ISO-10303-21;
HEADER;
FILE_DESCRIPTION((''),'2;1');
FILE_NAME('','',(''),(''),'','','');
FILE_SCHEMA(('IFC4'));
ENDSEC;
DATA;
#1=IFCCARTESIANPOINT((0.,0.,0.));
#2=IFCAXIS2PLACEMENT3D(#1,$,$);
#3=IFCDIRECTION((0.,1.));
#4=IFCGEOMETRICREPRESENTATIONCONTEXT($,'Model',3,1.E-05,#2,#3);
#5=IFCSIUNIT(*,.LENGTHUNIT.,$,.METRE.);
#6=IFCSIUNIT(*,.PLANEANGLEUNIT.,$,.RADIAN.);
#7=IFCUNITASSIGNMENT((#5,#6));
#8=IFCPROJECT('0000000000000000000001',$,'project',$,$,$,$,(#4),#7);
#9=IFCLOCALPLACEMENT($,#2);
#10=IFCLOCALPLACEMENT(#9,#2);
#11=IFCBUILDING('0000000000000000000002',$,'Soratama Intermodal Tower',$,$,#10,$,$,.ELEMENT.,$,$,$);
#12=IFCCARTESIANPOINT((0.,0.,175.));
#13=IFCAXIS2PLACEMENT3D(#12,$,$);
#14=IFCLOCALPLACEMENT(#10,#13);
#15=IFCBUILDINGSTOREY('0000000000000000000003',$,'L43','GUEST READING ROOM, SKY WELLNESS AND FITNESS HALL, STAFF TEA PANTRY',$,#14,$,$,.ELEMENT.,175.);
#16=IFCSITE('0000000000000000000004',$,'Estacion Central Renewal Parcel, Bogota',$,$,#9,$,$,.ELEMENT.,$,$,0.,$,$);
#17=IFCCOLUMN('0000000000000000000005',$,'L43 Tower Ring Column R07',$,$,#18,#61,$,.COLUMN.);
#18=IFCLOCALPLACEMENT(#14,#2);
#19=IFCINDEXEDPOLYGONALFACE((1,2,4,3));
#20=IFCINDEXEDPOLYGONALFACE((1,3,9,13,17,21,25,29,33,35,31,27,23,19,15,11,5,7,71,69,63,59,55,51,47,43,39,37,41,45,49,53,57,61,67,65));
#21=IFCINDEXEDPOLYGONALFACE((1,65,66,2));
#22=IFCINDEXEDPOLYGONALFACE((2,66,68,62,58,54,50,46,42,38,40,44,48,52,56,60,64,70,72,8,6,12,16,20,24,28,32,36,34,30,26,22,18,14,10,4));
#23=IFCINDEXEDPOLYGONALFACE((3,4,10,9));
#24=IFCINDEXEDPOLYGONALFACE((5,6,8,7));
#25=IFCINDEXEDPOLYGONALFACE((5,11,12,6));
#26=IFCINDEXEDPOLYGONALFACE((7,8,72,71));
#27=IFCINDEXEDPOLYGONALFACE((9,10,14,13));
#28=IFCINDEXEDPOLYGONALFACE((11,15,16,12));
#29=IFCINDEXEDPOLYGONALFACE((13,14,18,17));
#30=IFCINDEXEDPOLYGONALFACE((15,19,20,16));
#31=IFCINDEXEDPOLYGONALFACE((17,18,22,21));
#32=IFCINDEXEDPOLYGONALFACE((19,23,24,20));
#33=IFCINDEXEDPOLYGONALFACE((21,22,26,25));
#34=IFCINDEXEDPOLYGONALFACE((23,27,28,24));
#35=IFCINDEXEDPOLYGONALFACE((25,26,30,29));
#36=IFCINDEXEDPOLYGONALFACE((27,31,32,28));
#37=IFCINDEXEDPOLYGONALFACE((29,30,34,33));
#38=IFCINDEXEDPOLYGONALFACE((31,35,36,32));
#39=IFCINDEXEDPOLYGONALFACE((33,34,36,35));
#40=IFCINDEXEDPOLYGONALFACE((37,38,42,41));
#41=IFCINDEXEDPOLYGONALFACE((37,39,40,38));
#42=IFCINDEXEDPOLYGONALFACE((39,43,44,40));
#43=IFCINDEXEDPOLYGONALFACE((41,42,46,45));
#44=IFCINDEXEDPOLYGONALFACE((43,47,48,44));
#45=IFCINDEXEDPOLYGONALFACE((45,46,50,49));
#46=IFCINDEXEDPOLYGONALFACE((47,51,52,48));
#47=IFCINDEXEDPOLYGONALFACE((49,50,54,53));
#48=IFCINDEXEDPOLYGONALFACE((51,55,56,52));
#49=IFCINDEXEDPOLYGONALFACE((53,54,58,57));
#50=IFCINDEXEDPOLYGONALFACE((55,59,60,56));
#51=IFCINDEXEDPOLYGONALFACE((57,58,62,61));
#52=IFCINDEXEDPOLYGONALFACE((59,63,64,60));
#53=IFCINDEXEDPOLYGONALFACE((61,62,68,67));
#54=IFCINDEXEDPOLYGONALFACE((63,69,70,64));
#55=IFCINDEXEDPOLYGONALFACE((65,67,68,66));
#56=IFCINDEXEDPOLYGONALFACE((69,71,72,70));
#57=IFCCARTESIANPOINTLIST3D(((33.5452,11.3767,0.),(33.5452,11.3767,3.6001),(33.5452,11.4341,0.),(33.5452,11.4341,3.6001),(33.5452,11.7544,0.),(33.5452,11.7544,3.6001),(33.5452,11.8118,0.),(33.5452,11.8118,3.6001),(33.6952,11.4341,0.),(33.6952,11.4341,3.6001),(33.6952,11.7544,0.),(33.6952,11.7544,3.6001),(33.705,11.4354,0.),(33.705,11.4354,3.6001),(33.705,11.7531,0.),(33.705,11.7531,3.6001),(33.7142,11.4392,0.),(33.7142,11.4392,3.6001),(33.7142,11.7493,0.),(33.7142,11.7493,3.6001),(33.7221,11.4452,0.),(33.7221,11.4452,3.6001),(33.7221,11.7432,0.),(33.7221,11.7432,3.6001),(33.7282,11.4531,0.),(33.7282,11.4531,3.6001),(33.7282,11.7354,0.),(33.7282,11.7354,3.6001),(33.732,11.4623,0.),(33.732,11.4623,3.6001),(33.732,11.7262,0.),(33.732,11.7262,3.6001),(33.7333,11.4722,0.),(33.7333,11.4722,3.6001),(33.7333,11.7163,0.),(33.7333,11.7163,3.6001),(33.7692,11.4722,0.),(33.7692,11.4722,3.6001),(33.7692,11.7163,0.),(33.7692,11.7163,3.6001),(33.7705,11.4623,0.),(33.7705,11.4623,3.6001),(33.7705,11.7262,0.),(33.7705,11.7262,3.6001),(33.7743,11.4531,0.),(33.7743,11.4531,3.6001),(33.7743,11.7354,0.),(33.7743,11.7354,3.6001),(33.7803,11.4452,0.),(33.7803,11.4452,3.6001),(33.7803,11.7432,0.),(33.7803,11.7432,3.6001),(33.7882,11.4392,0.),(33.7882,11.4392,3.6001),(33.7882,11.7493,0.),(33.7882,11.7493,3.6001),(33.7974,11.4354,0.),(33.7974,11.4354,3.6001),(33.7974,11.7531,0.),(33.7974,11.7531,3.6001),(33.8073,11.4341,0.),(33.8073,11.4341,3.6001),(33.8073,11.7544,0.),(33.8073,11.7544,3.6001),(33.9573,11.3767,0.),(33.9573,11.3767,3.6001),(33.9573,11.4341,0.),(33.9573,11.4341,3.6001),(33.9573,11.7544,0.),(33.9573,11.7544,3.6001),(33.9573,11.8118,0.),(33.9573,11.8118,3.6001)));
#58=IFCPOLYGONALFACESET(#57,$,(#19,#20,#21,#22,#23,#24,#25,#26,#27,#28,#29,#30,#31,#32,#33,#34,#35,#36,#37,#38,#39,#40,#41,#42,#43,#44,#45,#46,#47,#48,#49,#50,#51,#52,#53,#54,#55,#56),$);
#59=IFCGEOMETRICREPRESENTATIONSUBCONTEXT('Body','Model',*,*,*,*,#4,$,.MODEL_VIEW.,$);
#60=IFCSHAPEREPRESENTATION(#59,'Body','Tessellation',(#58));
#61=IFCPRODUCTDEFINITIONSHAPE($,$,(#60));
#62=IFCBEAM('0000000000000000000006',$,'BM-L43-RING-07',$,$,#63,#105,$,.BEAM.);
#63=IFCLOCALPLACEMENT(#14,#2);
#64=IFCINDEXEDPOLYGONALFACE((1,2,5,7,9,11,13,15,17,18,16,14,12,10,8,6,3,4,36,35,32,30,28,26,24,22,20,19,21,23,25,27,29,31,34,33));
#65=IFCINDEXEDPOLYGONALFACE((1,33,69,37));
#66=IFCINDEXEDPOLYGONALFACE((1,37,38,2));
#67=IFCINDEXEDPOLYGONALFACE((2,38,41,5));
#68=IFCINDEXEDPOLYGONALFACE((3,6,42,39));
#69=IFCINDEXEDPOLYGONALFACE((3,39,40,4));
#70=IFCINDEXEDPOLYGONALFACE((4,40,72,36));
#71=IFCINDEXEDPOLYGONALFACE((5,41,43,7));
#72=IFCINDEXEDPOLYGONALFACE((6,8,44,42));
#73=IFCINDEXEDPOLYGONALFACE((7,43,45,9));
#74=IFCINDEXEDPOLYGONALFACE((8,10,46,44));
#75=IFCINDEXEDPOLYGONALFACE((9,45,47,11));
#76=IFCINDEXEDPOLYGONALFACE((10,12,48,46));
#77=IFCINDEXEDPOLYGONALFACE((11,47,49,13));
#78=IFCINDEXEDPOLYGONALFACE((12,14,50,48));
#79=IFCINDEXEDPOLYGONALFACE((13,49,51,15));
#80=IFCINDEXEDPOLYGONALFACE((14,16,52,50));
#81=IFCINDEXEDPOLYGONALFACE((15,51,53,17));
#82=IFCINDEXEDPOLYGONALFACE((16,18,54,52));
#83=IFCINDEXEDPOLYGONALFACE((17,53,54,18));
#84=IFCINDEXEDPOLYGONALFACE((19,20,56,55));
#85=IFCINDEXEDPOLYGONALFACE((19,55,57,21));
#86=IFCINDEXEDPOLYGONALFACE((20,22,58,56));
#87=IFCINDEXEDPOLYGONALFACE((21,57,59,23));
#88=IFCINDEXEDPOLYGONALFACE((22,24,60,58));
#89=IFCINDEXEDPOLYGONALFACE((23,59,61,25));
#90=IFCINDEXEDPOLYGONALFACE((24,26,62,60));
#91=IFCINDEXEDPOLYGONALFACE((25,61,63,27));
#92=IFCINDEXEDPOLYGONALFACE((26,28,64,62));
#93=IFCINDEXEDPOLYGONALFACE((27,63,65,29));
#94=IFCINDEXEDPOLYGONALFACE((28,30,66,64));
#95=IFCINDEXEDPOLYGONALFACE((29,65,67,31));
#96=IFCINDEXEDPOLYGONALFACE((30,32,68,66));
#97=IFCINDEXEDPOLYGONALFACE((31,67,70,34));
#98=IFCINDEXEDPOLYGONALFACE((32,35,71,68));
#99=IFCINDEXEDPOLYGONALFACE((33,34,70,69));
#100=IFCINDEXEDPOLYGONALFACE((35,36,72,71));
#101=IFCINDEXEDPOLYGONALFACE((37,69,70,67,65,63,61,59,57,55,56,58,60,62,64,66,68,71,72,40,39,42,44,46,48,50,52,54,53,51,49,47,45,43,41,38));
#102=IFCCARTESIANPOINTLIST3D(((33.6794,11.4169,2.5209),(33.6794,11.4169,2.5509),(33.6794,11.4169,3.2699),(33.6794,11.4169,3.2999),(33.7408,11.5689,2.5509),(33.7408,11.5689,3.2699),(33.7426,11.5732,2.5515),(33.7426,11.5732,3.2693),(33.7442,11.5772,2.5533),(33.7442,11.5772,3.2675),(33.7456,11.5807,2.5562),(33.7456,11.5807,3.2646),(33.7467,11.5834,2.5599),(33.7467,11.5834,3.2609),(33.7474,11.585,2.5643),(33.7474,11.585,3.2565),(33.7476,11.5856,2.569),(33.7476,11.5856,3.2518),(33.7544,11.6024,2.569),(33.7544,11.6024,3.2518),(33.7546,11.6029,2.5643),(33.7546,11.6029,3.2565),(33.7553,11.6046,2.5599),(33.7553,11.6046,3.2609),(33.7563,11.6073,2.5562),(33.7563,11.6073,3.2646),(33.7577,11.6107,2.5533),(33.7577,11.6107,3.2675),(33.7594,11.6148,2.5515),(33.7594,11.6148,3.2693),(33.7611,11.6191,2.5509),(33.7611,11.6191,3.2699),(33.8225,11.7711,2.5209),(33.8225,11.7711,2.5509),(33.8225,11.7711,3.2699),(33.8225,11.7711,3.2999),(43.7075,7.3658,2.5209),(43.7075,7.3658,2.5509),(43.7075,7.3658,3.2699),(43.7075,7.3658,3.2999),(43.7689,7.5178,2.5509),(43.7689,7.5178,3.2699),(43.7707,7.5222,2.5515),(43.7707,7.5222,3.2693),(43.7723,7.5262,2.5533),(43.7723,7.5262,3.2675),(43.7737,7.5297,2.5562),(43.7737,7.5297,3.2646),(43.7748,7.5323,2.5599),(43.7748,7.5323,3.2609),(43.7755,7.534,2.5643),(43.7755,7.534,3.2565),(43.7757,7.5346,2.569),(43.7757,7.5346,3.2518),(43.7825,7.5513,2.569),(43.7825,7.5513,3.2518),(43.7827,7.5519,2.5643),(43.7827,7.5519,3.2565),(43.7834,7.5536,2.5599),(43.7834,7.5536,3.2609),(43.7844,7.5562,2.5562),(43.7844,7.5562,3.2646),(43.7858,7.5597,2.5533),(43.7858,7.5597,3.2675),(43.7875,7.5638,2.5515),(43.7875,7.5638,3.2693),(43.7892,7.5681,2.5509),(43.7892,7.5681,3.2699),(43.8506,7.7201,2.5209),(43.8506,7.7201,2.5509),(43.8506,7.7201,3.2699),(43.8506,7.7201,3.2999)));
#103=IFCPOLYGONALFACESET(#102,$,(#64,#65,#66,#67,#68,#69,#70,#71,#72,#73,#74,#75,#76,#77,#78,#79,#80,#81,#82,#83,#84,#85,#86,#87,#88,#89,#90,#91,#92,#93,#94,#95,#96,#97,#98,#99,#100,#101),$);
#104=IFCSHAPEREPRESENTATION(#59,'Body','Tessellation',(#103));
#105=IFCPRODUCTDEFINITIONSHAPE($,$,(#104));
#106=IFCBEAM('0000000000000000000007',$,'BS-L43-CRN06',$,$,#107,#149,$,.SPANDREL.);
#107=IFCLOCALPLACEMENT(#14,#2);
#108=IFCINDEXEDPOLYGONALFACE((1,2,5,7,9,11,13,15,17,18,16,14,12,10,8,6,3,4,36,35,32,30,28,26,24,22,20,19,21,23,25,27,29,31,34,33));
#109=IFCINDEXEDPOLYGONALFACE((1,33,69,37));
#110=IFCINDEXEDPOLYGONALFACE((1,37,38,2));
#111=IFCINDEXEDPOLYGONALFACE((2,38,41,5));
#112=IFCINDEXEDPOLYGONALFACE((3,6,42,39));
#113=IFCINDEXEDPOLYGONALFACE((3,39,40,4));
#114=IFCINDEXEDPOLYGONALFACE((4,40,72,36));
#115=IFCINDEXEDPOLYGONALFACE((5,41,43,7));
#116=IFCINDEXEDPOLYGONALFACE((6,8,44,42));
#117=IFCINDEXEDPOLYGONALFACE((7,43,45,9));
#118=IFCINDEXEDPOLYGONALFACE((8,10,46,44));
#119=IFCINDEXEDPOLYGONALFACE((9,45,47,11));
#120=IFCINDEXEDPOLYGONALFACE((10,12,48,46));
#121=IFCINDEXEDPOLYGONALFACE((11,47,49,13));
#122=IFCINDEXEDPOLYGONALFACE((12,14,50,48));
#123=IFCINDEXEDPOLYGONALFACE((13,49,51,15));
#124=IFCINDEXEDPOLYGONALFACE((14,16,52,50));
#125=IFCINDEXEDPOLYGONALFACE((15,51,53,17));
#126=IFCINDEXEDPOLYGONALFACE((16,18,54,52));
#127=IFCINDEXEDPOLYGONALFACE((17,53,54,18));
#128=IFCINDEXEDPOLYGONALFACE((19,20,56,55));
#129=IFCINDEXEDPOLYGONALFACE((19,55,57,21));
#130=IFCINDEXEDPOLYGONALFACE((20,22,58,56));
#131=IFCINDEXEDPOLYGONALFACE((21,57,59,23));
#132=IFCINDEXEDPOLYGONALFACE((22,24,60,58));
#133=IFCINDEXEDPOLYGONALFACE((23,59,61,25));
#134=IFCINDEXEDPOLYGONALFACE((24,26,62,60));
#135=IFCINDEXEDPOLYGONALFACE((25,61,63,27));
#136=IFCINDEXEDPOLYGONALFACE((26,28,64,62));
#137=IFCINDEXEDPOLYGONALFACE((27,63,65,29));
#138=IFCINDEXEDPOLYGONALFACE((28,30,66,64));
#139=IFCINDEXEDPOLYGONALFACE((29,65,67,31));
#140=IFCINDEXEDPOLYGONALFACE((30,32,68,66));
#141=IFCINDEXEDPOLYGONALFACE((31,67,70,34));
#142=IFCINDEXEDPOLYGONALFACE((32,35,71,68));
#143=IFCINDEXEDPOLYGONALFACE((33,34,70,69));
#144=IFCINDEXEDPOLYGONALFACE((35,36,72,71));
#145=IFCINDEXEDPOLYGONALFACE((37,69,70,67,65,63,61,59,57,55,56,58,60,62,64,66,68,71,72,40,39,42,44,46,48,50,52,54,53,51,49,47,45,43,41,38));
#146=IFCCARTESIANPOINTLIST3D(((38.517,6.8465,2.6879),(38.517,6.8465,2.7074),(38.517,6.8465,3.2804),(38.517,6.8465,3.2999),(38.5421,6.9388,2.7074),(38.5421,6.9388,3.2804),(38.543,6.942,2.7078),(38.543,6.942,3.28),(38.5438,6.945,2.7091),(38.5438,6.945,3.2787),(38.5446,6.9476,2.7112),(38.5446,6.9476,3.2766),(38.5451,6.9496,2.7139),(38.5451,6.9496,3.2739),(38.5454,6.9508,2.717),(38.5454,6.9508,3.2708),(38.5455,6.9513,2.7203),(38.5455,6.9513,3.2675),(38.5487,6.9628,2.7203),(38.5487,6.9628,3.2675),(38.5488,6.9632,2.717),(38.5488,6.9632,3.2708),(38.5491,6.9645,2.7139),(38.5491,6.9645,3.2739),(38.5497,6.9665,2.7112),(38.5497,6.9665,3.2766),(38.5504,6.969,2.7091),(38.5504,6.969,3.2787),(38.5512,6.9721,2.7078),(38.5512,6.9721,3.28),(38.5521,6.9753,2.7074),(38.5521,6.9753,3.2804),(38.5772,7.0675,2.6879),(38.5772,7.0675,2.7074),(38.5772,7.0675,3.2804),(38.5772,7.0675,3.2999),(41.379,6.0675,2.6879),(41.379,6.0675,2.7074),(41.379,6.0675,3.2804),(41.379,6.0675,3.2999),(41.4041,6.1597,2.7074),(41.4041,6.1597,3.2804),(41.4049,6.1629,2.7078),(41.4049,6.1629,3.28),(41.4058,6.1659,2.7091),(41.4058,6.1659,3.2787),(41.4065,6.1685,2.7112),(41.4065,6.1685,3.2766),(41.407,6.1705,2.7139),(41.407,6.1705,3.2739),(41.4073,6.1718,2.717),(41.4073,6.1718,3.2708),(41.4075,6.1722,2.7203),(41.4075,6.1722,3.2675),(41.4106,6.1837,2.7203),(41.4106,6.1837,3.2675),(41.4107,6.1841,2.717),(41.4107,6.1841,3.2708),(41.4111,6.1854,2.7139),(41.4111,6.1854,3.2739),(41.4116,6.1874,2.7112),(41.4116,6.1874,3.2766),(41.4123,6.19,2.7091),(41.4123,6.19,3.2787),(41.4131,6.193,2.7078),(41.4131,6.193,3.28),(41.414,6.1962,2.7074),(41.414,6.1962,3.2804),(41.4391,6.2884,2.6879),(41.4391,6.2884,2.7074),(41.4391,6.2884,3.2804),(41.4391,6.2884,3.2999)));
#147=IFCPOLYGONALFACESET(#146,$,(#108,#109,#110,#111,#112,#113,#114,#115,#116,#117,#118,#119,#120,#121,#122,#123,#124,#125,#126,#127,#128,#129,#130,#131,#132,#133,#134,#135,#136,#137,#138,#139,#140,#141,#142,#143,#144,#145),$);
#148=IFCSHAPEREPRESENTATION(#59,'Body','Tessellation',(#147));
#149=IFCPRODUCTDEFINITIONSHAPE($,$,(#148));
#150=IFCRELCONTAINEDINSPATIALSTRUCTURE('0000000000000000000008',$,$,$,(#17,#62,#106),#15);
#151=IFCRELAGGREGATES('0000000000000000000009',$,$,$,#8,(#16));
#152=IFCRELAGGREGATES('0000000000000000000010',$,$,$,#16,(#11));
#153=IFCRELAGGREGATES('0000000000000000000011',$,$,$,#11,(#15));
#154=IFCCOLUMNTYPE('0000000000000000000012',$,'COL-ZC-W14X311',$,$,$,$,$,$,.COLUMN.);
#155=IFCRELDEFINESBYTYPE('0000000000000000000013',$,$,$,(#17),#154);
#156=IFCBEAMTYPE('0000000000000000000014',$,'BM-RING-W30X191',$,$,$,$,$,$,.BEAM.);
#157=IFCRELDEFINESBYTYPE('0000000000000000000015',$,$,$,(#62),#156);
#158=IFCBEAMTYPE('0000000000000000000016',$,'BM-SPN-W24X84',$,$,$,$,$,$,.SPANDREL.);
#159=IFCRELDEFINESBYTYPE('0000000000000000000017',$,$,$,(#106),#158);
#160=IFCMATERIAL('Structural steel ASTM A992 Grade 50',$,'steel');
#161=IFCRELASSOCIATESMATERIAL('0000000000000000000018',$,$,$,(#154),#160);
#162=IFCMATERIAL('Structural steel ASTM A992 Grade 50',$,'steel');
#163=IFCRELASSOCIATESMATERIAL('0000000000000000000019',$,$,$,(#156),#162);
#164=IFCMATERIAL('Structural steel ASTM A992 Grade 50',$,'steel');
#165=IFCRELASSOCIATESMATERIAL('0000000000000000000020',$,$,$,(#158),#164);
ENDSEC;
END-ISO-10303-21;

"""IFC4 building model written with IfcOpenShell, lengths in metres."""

from ifc_helpers import new_model, si_unit, direction, frame, origin, origin_2d, place, context, subcontext, project, spatial, i_section, extrude, material, material_profile, profile_set, type_object, element, save


model = new_model("IFC4")

# Units and contexts
model_context = context("Model", 3, precision=1e-05, world=origin(), true_north=direction((0.0, 1.0)))
body_context = subcontext(model_context, "Body", "Model", "MODEL_VIEW")
ifc_project = project(units=[si_unit("LENGTHUNIT", "METRE"), si_unit("PLANEANGLEUNIT", "RADIAN")], contexts=[model_context])

# Site, building, storey
site_placement = place(None, origin())
site = spatial("IfcSite", under=ifc_project, at=site_placement, Name="Estacion Central Renewal Parcel, Bogota", CompositionType="ELEMENT", RefElevation=0.0)
building_placement = place(site_placement, origin())
building = spatial("IfcBuilding", under=site, at=building_placement, Name="Soratama Intermodal Tower", CompositionType="ELEMENT")
storey_placement = place(building_placement, frame((0.0, 0.0, 175.0)))
storey = spatial("IfcBuildingStorey", under=building, at=storey_placement, Name="L43", Description="GUEST READING ROOM, SKY WELLNESS AND FITNESS HALL, STAFF TEA PANTRY", CompositionType="ELEMENT", Elevation=175.0)

# Column
ifc_material_1 = material(Name="Structural steel ASTM A992 Grade 50", Category="steel")
ifc_material_profile_1 = material_profile(ifc_material_1, i_section(OverallWidth=0.4121, OverallDepth=0.4351, WebThickness=0.0359, FlangeThickness=0.0574, FilletRadius=0.0381, at=origin_2d()), Name="W14X311")
ifc_profile_set_1 = profile_set([ifc_material_profile_1], Name="Structural steel ASTM A992 Grade 50")
column_type = type_object("IfcColumnType", Name="COL-ZC-W14X311", PredefinedType="COLUMN", material=ifc_profile_set_1)
column_placement = place(storey_placement, frame((33.7512, 11.5942, 0.0), z_axis=(0.0, 0.0, 1.0), x_axis=(1.0, 0.0, 0.0)))
element("IfcColumn", 1, at=column_placement, inside=storey, type_object=column_type, Name="L43 Tower Ring Column R07", PredefinedType="COLUMN", context=body_context, shape_type="SweptSolid", body=[
    extrude(i_section(OverallWidth=0.4121, OverallDepth=0.4351, WebThickness=0.0359, FlangeThickness=0.0574, FilletRadius=0.0381, at=origin_2d()), origin(), (0.0, 0.0, 1.0), 3.6001),
])

# Beams
ifc_material_2 = material(Name="Structural steel ASTM A992 Grade 50", Category="steel")
ifc_material_profile_2 = material_profile(ifc_material_2, i_section(OverallWidth=0.3821, OverallDepth=0.7791, WebThickness=0.0181, FlangeThickness=0.03, FilletRadius=0.0181, at=origin_2d()), Name="W30X191")
ifc_profile_set_2 = profile_set([ifc_material_profile_2], Name="Structural steel ASTM A992 Grade 50")
beam_type_1 = type_object("IfcBeamType", Name="BM-RING-W30X191", PredefinedType="BEAM", material=ifc_profile_set_2)
beam_1_placement = place(storey_placement, frame((33.751, 11.594, 2.9104), z_axis=(0.927202, -0.37456, 0.0), x_axis=(0.37456, 0.927202, 0.0)))
element("IfcBeam", 2, at=beam_1_placement, inside=storey, type_object=beam_type_1, Name="BM-L43-RING-07", PredefinedType="BEAM", context=body_context, shape_type="SweptSolid", body=[
    extrude(i_section(OverallWidth=0.3821, OverallDepth=0.7791, WebThickness=0.0181, FlangeThickness=0.03, FilletRadius=0.0181, at=origin_2d()), origin(), (0.0, 0.0, 1.0), 10.8154),
])
ifc_material_3 = material(Name="Structural steel ASTM A992 Grade 50", Category="steel")
ifc_material_profile_3 = material_profile(ifc_material_3, i_section(OverallWidth=0.229, OverallDepth=0.6121, WebThickness=0.012, FlangeThickness=0.0195, FilletRadius=0.0129, at=origin_2d()), Name="W24X84")
ifc_profile_set_3 = profile_set([ifc_material_profile_3], Name="Structural steel ASTM A992 Grade 50")
beam_type_2 = type_object("IfcBeamType", Name="BM-SPN-W24X84", PredefinedType="SPANDREL", material=ifc_profile_set_3)
beam_2_placement = place(storey_placement, frame((38.5471, 6.957, 2.9939), z_axis=(0.964887, -0.262665, 0.0), x_axis=(0.262665, 0.964887, 0.0)))
element("IfcBeam", 3, at=beam_2_placement, inside=storey, type_object=beam_type_2, Name="BS-L43-CRN06", PredefinedType="SPANDREL", context=body_context, shape_type="SweptSolid", body=[
    extrude(i_section(OverallWidth=0.229, OverallDepth=0.6121, WebThickness=0.012, FlangeThickness=0.0195, FilletRadius=0.0129, at=origin_2d()), origin(), (0.0, 0.0, 1.0), 2.9661),
])

save(model, "model.ifc")
